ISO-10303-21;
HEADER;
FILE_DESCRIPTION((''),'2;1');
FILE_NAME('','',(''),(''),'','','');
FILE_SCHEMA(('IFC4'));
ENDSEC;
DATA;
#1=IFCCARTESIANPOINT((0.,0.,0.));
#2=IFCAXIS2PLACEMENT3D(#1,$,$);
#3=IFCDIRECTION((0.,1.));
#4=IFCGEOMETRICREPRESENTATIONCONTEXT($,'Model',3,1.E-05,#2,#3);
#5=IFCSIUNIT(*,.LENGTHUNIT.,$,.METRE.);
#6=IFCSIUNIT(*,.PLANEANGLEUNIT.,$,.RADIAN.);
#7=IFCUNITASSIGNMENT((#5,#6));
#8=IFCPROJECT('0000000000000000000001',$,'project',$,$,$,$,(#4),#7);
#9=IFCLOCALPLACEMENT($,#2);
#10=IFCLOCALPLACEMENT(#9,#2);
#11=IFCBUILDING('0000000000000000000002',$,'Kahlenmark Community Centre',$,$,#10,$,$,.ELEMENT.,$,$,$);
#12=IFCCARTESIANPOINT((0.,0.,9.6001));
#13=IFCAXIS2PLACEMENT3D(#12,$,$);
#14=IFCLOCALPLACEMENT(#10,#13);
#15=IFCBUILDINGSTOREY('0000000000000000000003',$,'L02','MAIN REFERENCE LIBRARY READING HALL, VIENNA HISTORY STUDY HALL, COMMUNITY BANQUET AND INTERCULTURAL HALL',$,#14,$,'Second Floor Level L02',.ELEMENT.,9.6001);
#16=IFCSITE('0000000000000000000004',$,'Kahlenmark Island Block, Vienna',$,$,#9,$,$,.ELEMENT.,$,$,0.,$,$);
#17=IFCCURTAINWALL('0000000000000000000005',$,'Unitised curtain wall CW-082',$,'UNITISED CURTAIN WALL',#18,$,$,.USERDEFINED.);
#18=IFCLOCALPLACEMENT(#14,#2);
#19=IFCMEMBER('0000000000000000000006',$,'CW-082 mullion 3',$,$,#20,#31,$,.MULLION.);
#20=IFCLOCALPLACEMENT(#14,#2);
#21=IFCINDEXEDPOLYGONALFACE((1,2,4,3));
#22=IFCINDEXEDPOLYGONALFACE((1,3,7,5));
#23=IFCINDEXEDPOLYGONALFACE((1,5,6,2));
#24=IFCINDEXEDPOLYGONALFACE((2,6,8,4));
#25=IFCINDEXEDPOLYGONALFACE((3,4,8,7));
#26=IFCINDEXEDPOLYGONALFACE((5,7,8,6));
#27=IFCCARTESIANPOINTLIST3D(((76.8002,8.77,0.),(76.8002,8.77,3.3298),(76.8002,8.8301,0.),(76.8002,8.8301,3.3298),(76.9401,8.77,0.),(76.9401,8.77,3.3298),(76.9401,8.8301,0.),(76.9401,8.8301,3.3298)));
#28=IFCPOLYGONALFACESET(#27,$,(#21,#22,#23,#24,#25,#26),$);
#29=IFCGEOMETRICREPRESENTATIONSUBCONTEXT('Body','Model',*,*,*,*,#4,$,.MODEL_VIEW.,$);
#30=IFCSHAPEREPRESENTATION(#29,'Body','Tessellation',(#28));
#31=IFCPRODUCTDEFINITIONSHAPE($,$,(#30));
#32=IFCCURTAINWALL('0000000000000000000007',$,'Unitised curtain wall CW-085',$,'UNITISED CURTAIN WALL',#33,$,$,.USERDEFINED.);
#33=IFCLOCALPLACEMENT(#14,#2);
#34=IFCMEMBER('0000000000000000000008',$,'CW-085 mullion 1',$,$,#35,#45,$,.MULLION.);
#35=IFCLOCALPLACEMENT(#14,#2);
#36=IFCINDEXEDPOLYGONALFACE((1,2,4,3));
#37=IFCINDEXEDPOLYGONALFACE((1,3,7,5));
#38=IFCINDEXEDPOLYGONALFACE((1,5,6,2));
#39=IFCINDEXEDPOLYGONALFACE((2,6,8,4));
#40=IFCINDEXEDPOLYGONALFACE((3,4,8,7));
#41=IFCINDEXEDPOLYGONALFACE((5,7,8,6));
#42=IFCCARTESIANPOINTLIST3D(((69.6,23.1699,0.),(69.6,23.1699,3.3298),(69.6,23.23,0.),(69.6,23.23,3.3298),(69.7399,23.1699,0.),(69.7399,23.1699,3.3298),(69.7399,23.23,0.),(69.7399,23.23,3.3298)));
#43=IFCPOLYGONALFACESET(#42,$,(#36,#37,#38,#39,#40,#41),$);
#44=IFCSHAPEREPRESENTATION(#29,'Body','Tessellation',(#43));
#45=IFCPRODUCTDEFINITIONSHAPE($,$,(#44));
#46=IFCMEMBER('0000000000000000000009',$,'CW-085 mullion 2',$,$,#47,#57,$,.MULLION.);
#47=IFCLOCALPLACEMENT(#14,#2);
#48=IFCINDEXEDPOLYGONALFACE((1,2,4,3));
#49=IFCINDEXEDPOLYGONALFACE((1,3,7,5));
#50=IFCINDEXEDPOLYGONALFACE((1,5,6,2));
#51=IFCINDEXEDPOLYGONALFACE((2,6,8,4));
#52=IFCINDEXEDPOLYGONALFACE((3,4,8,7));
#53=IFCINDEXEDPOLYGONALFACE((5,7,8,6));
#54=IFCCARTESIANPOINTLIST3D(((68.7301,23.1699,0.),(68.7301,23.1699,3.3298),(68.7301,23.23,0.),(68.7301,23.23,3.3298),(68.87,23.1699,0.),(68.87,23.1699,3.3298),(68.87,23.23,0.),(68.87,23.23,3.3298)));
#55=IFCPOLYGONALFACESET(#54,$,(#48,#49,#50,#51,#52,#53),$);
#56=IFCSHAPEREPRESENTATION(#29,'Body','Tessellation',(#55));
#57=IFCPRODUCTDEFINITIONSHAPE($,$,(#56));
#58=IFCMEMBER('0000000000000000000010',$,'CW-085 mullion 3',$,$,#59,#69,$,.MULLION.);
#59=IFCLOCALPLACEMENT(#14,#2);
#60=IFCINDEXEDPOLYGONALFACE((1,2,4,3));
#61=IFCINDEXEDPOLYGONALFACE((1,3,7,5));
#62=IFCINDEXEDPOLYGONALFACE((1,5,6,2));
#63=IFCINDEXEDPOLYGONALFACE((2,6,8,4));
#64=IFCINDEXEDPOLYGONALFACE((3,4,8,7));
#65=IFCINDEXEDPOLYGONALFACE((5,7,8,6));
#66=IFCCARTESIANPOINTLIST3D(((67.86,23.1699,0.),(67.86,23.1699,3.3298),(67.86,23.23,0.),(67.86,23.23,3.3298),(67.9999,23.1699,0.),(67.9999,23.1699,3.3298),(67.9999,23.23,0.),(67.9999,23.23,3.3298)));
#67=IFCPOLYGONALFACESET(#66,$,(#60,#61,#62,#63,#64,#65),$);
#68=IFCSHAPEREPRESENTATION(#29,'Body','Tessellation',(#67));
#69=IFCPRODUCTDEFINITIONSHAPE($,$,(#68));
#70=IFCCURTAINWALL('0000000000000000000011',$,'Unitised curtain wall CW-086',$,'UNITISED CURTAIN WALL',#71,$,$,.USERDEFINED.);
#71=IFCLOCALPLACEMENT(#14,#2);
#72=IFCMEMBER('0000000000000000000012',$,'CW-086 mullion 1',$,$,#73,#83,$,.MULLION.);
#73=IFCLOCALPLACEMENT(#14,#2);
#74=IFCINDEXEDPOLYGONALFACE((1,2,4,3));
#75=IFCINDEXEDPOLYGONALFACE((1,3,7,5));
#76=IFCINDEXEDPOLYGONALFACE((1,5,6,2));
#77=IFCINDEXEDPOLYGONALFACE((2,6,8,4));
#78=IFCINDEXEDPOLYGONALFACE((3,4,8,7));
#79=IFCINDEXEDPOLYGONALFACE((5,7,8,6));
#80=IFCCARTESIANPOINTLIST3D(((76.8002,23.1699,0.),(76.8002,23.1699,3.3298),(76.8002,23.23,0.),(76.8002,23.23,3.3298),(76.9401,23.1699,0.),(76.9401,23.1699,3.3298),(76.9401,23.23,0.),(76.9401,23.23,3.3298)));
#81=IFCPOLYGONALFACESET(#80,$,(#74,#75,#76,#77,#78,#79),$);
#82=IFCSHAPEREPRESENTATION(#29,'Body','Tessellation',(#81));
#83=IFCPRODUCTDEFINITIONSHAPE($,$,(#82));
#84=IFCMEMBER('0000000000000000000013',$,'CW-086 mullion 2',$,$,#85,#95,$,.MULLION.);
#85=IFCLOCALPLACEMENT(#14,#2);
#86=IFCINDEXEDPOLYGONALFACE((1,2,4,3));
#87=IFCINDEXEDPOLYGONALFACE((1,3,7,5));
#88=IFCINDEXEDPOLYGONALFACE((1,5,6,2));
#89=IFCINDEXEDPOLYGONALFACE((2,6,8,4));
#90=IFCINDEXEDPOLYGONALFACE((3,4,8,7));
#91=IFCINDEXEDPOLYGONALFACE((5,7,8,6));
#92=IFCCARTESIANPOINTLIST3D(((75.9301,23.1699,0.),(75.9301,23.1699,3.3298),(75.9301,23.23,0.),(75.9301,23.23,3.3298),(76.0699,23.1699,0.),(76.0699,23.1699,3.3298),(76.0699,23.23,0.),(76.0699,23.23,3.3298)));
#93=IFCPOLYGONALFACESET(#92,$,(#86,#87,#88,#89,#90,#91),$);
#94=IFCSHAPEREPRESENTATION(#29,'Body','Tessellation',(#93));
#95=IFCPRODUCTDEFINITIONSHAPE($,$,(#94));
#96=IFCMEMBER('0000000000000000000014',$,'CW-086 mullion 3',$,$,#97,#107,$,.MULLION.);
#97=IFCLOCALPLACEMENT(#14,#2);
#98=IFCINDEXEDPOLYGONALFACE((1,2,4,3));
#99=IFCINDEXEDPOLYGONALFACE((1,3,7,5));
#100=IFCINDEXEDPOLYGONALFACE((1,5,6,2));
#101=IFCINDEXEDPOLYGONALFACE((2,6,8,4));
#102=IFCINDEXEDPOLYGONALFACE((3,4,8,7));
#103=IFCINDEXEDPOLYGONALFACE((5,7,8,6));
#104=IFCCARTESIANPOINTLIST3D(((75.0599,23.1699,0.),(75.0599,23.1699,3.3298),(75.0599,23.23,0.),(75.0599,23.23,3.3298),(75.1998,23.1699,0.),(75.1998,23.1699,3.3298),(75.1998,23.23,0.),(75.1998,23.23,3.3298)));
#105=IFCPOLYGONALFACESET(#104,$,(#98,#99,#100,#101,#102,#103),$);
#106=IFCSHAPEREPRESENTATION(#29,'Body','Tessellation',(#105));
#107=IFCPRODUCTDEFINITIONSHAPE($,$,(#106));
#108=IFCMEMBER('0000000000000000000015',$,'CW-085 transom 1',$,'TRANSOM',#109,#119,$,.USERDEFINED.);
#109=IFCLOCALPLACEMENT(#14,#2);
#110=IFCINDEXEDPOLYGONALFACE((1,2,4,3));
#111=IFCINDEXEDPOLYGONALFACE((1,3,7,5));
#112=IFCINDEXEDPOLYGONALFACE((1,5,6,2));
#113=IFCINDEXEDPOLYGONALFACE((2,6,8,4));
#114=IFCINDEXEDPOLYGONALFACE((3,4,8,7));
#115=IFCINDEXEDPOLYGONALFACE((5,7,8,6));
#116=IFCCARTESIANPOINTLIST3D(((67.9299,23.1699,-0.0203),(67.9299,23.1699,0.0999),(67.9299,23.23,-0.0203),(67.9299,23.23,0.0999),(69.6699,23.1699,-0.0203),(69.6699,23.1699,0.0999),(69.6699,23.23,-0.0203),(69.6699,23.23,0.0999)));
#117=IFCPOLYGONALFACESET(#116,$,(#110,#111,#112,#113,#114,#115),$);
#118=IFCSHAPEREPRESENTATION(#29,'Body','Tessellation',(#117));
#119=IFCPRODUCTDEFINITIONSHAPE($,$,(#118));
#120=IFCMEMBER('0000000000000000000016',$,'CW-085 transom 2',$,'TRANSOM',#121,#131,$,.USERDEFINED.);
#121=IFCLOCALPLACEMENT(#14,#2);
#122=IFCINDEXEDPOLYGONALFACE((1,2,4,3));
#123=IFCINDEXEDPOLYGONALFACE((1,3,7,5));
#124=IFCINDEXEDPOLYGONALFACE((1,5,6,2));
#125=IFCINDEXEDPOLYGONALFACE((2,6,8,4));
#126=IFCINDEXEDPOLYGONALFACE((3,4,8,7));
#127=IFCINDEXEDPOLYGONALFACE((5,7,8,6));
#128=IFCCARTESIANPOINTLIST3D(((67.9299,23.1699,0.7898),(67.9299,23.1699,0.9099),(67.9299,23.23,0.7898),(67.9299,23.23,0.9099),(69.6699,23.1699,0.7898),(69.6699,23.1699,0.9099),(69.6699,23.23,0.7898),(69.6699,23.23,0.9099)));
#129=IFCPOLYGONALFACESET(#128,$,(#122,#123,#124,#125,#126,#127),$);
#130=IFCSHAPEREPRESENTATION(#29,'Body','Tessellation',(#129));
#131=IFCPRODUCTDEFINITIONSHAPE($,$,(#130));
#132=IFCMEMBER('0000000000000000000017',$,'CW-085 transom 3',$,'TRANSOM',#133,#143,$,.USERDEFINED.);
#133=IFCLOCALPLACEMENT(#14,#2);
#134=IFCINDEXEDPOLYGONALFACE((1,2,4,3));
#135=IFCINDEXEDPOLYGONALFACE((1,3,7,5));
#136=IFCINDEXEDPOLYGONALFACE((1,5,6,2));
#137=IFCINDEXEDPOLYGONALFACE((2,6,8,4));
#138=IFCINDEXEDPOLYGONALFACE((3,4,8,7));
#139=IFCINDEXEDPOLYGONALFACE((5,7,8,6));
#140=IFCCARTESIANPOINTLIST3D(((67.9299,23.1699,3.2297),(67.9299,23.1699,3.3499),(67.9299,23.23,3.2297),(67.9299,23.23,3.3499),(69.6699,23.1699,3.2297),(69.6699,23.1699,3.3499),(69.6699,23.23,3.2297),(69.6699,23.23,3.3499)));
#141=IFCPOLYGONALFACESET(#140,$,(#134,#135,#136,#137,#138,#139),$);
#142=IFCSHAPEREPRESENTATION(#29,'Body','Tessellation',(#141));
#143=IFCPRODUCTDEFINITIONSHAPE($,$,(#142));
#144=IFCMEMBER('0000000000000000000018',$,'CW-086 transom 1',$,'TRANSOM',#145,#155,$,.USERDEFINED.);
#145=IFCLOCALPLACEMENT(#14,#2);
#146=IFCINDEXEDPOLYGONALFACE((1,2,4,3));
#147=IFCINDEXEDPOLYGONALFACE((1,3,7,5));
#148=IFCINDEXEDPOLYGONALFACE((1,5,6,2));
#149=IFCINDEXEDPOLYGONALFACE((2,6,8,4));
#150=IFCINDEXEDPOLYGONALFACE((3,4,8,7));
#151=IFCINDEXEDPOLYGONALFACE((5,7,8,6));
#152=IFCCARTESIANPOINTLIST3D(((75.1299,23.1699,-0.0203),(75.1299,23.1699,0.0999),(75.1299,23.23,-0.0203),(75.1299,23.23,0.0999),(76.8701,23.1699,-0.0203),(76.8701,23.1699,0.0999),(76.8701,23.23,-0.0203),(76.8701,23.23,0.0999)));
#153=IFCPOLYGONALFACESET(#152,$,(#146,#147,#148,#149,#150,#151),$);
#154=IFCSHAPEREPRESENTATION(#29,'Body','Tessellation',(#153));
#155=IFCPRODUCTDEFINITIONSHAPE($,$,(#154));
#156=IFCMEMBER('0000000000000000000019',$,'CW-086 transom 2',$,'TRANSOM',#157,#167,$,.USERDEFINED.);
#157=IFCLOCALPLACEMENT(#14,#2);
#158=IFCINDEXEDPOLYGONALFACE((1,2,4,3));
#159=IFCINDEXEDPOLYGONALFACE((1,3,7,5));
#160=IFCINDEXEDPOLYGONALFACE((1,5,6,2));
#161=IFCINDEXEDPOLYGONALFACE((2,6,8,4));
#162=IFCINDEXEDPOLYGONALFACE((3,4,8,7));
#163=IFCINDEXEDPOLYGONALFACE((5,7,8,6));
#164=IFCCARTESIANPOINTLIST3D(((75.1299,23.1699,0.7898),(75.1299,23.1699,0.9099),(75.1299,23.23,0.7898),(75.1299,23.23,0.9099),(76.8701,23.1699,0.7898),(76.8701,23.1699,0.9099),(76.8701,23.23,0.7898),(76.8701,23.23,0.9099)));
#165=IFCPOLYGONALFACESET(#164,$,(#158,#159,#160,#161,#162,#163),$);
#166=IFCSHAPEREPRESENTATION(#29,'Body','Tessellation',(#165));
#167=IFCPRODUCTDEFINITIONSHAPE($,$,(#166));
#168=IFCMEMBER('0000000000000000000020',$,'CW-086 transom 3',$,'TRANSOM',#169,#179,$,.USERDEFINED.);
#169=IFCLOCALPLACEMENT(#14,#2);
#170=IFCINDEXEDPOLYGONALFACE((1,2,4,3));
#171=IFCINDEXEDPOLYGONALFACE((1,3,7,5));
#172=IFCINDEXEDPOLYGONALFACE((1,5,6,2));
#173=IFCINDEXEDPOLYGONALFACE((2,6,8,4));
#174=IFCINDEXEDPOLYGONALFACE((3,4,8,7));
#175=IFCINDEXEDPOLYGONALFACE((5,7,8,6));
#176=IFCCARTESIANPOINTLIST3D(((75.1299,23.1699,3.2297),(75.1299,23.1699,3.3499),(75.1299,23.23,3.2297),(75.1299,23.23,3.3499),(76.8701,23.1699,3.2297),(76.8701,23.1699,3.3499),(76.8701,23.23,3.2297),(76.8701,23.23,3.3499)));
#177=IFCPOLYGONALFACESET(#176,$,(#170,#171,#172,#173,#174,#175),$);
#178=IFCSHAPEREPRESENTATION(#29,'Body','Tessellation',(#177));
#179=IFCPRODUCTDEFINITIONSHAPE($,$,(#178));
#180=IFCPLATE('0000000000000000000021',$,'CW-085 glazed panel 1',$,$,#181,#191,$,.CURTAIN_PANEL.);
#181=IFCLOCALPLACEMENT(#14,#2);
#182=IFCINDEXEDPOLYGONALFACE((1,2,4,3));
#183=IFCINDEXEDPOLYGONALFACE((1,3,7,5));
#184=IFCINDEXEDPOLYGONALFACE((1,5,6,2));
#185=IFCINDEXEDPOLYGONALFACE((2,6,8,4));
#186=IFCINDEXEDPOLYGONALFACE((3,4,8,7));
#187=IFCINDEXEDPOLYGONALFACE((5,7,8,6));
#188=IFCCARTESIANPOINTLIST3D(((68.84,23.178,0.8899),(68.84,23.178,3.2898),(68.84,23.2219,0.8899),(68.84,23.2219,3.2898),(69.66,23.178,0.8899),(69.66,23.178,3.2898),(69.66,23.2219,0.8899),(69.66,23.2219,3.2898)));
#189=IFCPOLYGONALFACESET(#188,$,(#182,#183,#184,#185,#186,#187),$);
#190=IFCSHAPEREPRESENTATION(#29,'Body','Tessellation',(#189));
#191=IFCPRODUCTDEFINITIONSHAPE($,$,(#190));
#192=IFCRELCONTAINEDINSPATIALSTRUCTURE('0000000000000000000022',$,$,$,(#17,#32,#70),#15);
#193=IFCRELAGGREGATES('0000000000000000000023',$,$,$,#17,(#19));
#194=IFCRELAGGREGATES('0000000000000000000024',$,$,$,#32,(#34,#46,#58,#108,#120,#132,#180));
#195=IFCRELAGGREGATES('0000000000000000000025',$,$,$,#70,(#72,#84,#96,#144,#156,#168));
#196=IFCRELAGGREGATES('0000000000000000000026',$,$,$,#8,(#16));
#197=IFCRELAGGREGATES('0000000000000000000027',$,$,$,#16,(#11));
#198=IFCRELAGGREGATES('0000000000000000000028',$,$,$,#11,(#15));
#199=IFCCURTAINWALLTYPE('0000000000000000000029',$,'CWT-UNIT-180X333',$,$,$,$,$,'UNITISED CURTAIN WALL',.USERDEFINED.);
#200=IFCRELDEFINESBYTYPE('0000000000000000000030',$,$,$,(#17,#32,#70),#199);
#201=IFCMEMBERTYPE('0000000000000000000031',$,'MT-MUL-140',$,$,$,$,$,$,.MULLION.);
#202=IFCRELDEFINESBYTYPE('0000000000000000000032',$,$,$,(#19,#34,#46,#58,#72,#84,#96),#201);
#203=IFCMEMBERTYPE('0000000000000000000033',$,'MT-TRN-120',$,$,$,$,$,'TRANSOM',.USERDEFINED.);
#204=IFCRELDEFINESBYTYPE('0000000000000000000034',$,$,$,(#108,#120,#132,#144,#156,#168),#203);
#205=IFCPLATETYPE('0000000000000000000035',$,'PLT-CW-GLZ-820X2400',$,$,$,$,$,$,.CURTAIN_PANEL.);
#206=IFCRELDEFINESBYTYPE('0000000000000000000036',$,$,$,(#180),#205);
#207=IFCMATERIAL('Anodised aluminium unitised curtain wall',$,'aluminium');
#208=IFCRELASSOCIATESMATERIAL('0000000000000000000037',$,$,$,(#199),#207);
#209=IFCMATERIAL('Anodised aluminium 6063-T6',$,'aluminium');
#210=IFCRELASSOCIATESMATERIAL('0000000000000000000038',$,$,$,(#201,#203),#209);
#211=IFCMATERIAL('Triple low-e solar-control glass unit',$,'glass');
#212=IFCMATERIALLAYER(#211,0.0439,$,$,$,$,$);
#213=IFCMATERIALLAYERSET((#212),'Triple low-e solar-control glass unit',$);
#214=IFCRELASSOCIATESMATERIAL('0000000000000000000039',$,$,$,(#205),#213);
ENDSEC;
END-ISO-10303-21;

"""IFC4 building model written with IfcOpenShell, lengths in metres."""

from ifc_helpers import new_model, si_unit, direction, frame, origin, origin_2d, place, context, subcontext, project, spatial, rectangle, extrude, material, layer, layer_set, material_profile, profile_set, type_object, element, aggregate, save


model = new_model("IFC4")

# Units and contexts
model_context = context("Model", 3, precision=1e-05, world=origin(), true_north=direction((0.0, 1.0)))
body_context = subcontext(model_context, "Body", "Model", "MODEL_VIEW")
ifc_project = project(units=[si_unit("LENGTHUNIT", "METRE"), si_unit("PLANEANGLEUNIT", "RADIAN")], contexts=[model_context])

# Site, building, storey
site_placement = place(None, origin())
site = spatial("IfcSite", under=ifc_project, at=site_placement, Name="Kahlenmark Island Block, Vienna", CompositionType="ELEMENT", RefElevation=0.0)
building_placement = place(site_placement, origin())
building = spatial("IfcBuilding", under=site, at=building_placement, Name="Kahlenmark Community Centre", CompositionType="ELEMENT")
storey_placement = place(building_placement, frame((0.0, 0.0, 9.6001)))
storey = spatial("IfcBuildingStorey", under=building, at=storey_placement, Name="L02", Description="MAIN REFERENCE LIBRARY READING HALL, VIENNA HISTORY STUDY HALL, COMMUNITY BANQUET AND INTERCULTURAL HALL", LongName="Second Floor Level L02", CompositionType="ELEMENT", Elevation=9.6001)

# Curtain wall, member
ifc_material_1 = material(Name="Anodised aluminium unitised curtain wall", Category="aluminium")
curtain_wall_type = type_object("IfcCurtainWallType", Name="CWT-UNIT-180X333", ElementType="UNITISED CURTAIN WALL", PredefinedType="USERDEFINED", material=ifc_material_1)
curtain_wall_1_placement = place(storey_placement, origin())
curtain_wall_1 = element("IfcCurtainWall", 1, at=curtain_wall_1_placement, inside=storey, type_object=curtain_wall_type, Name="Unitised curtain wall CW-082", ObjectType="UNITISED CURTAIN WALL", PredefinedType="USERDEFINED")
ifc_material_2 = material(Name="Anodised aluminium 6063-T6", Category="aluminium")
ifc_material_profile_1 = material_profile(ifc_material_2, rectangle(XDim=0.0601, YDim=0.1399, at=origin_2d()), Name="ALU MULLION 60x140")
ifc_profile_set_1 = profile_set([ifc_material_profile_1], Name="Anodised aluminium 6063-T6")
member_type_1 = type_object("IfcMemberType", Name="MT-MUL-140", PredefinedType="MULLION", material=ifc_profile_set_1)
member_1_placement = place(storey_placement, frame((76.8701, 8.8, 0.0), z_axis=(0.0, 0.0, 1.0), x_axis=(0.0, 1.0, 0.0)))
member_1 = element("IfcMember", 2, at=member_1_placement, type_object=member_type_1, Name="CW-082 mullion 3", PredefinedType="MULLION", context=body_context, shape_type="SweptSolid", body=[
    extrude(rectangle(XDim=0.0601, YDim=0.1399, at=origin_2d()), origin(), (0.0, 0.0, 1.0), 3.3298),
])
aggregate(curtain_wall_1, [member_1])

# Curtain walls, members
curtain_wall_2_placement = place(storey_placement, origin())
curtain_wall_2 = element("IfcCurtainWall", 3, at=curtain_wall_2_placement, inside=storey, type_object=curtain_wall_type, Name="Unitised curtain wall CW-085", ObjectType="UNITISED CURTAIN WALL", PredefinedType="USERDEFINED")
member_2_placement = place(storey_placement, frame((69.6699, 23.2, 0.0), z_axis=(0.0, 0.0, 1.0), x_axis=(0.0, -1.0, 0.0)))
member_2 = element("IfcMember", 4, at=member_2_placement, type_object=member_type_1, Name="CW-085 mullion 1", PredefinedType="MULLION", context=body_context, shape_type="SweptSolid", body=[
    extrude(rectangle(XDim=0.0601, YDim=0.1399, at=origin_2d()), origin(), (0.0, 0.0, 1.0), 3.3298),
])
member_3_placement = place(storey_placement, frame((68.8, 23.2, 0.0), z_axis=(0.0, 0.0, 1.0), x_axis=(0.0, -1.0, 0.0)))
member_3 = element("IfcMember", 5, at=member_3_placement, type_object=member_type_1, Name="CW-085 mullion 2", PredefinedType="MULLION", context=body_context, shape_type="SweptSolid", body=[
    extrude(rectangle(XDim=0.0601, YDim=0.1399, at=origin_2d()), origin(), (0.0, 0.0, 1.0), 3.3298),
])
member_4_placement = place(storey_placement, frame((67.9299, 23.2, 0.0), z_axis=(0.0, 0.0, 1.0), x_axis=(0.0, -1.0, 0.0)))
member_4 = element("IfcMember", 6, at=member_4_placement, type_object=member_type_1, Name="CW-085 mullion 3", PredefinedType="MULLION", context=body_context, shape_type="SweptSolid", body=[
    extrude(rectangle(XDim=0.0601, YDim=0.1399, at=origin_2d()), origin(), (0.0, 0.0, 1.0), 3.3298),
])
curtain_wall_3_placement = place(storey_placement, origin())
curtain_wall_3 = element("IfcCurtainWall", 7, at=curtain_wall_3_placement, inside=storey, type_object=curtain_wall_type, Name="Unitised curtain wall CW-086", ObjectType="UNITISED CURTAIN WALL", PredefinedType="USERDEFINED")
member_5_placement = place(storey_placement, frame((76.8701, 23.2, 0.0), z_axis=(0.0, 0.0, 1.0), x_axis=(0.0, -1.0, 0.0)))
member_5 = element("IfcMember", 8, at=member_5_placement, type_object=member_type_1, Name="CW-086 mullion 1", PredefinedType="MULLION", context=body_context, shape_type="SweptSolid", body=[
    extrude(rectangle(XDim=0.0601, YDim=0.1399, at=origin_2d()), origin(), (0.0, 0.0, 1.0), 3.3298),
])
member_6_placement = place(storey_placement, frame((76.0, 23.2, 0.0), z_axis=(0.0, 0.0, 1.0), x_axis=(0.0, -1.0, 0.0)))
member_6 = element("IfcMember", 9, at=member_6_placement, type_object=member_type_1, Name="CW-086 mullion 2", PredefinedType="MULLION", context=body_context, shape_type="SweptSolid", body=[
    extrude(rectangle(XDim=0.0601, YDim=0.1399, at=origin_2d()), origin(), (0.0, 0.0, 1.0), 3.3298),
])
member_7_placement = place(storey_placement, frame((75.1299, 23.2, 0.0), z_axis=(0.0, 0.0, 1.0), x_axis=(0.0, -1.0, 0.0)))
member_7 = element("IfcMember", 10, at=member_7_placement, type_object=member_type_1, Name="CW-086 mullion 3", PredefinedType="MULLION", context=body_context, shape_type="SweptSolid", body=[
    extrude(rectangle(XDim=0.0601, YDim=0.1399, at=origin_2d()), origin(), (0.0, 0.0, 1.0), 3.3298),
])

# Members
ifc_material_profile_2 = material_profile(ifc_material_2, rectangle(XDim=0.0601, YDim=0.1201, at=origin_2d()), Name="ALU TRANSOM 60x120")
ifc_profile_set_2 = profile_set([ifc_material_profile_2], Name="Anodised aluminium 6063-T6")
member_type_2 = type_object("IfcMemberType", Name="MT-TRN-120", ElementType="TRANSOM", PredefinedType="USERDEFINED", material=ifc_profile_set_2)
member_8_placement = place(storey_placement, frame((69.6699, 23.2, 0.0398), z_axis=(-1.0, 0.0, 0.0), x_axis=(0.0, -1.0, 0.0)))
member_8 = element("IfcMember", 11, at=member_8_placement, type_object=member_type_2, Name="CW-085 transom 1", ObjectType="TRANSOM", PredefinedType="USERDEFINED", context=body_context, shape_type="SweptSolid", body=[
    extrude(rectangle(XDim=0.0601, YDim=0.1201, at=origin_2d()), origin(), (0.0, 0.0, 1.0), 1.74),
])
member_9_placement = place(storey_placement, frame((69.6699, 23.2, 0.8499), z_axis=(-1.0, 0.0, 0.0), x_axis=(0.0, -1.0, 0.0)))
member_9 = element("IfcMember", 12, at=member_9_placement, type_object=member_type_2, Name="CW-085 transom 2", ObjectType="TRANSOM", PredefinedType="USERDEFINED", context=body_context, shape_type="SweptSolid", body=[
    extrude(rectangle(XDim=0.0601, YDim=0.1201, at=origin_2d()), origin(), (0.0, 0.0, 1.0), 1.74),
])
member_10_placement = place(storey_placement, frame((69.6699, 23.2, 3.2898), z_axis=(-1.0, 0.0, 0.0), x_axis=(0.0, -1.0, 0.0)))
member_10 = element("IfcMember", 13, at=member_10_placement, type_object=member_type_2, Name="CW-085 transom 3", ObjectType="TRANSOM", PredefinedType="USERDEFINED", context=body_context, shape_type="SweptSolid", body=[
    extrude(rectangle(XDim=0.0601, YDim=0.1201, at=origin_2d()), origin(), (0.0, 0.0, 1.0), 1.74),
])
member_11_placement = place(storey_placement, frame((76.8701, 23.2, 0.0398), z_axis=(-1.0, 0.0, 0.0), x_axis=(0.0, -1.0, 0.0)))
member_11 = element("IfcMember", 14, at=member_11_placement, type_object=member_type_2, Name="CW-086 transom 1", ObjectType="TRANSOM", PredefinedType="USERDEFINED", context=body_context, shape_type="SweptSolid", body=[
    extrude(rectangle(XDim=0.0601, YDim=0.1201, at=origin_2d()), origin(), (0.0, 0.0, 1.0), 1.7402),
])
member_12_placement = place(storey_placement, frame((76.8701, 23.2, 0.8499), z_axis=(-1.0, 0.0, 0.0), x_axis=(0.0, -1.0, 0.0)))
member_12 = element("IfcMember", 15, at=member_12_placement, type_object=member_type_2, Name="CW-086 transom 2", ObjectType="TRANSOM", PredefinedType="USERDEFINED", context=body_context, shape_type="SweptSolid", body=[
    extrude(rectangle(XDim=0.0601, YDim=0.1201, at=origin_2d()), origin(), (0.0, 0.0, 1.0), 1.7402),
])
member_13_placement = place(storey_placement, frame((76.8701, 23.2, 3.2898), z_axis=(-1.0, 0.0, 0.0), x_axis=(0.0, -1.0, 0.0)))
member_13 = element("IfcMember", 16, at=member_13_placement, type_object=member_type_2, Name="CW-086 transom 3", ObjectType="TRANSOM", PredefinedType="USERDEFINED", context=body_context, shape_type="SweptSolid", body=[
    extrude(rectangle(XDim=0.0601, YDim=0.1201, at=origin_2d()), origin(), (0.0, 0.0, 1.0), 1.7402),
])

# Plate
ifc_material_3 = material(Name="Triple low-e solar-control glass unit", Category="glass")
ifc_layer_1 = layer(ifc_material_3, 0.0439)
ifc_layer_set_1 = layer_set([ifc_layer_1], Name="Triple low-e solar-control glass unit")
plate_type_1 = type_object("IfcPlateType", Name="PLT-CW-GLZ-820X2400", PredefinedType="CURTAIN_PANEL", material=ifc_layer_set_1)
plate_1_placement = place(storey_placement, frame((69.25, 23.2, 0.8899), z_axis=(0.0, 0.0, 1.0), x_axis=(-1.0, 0.0, 0.0)))
plate_1 = element("IfcPlate", 17, at=plate_1_placement, type_object=plate_type_1, Name="CW-085 glazed panel 1", PredefinedType="CURTAIN_PANEL", context=body_context, shape_type="SweptSolid", body=[
    extrude(rectangle(XDim=0.8201, YDim=0.0439, at=origin_2d()), origin(), (0.0, 0.0, 1.0), 2.3999),
])
aggregate(curtain_wall_2, [member_2, member_3, member_4, member_8, member_9, member_10, plate_1])
aggregate(curtain_wall_3, [member_5, member_6, member_7, member_11, member_12, member_13])

save(model, "model.ifc")
